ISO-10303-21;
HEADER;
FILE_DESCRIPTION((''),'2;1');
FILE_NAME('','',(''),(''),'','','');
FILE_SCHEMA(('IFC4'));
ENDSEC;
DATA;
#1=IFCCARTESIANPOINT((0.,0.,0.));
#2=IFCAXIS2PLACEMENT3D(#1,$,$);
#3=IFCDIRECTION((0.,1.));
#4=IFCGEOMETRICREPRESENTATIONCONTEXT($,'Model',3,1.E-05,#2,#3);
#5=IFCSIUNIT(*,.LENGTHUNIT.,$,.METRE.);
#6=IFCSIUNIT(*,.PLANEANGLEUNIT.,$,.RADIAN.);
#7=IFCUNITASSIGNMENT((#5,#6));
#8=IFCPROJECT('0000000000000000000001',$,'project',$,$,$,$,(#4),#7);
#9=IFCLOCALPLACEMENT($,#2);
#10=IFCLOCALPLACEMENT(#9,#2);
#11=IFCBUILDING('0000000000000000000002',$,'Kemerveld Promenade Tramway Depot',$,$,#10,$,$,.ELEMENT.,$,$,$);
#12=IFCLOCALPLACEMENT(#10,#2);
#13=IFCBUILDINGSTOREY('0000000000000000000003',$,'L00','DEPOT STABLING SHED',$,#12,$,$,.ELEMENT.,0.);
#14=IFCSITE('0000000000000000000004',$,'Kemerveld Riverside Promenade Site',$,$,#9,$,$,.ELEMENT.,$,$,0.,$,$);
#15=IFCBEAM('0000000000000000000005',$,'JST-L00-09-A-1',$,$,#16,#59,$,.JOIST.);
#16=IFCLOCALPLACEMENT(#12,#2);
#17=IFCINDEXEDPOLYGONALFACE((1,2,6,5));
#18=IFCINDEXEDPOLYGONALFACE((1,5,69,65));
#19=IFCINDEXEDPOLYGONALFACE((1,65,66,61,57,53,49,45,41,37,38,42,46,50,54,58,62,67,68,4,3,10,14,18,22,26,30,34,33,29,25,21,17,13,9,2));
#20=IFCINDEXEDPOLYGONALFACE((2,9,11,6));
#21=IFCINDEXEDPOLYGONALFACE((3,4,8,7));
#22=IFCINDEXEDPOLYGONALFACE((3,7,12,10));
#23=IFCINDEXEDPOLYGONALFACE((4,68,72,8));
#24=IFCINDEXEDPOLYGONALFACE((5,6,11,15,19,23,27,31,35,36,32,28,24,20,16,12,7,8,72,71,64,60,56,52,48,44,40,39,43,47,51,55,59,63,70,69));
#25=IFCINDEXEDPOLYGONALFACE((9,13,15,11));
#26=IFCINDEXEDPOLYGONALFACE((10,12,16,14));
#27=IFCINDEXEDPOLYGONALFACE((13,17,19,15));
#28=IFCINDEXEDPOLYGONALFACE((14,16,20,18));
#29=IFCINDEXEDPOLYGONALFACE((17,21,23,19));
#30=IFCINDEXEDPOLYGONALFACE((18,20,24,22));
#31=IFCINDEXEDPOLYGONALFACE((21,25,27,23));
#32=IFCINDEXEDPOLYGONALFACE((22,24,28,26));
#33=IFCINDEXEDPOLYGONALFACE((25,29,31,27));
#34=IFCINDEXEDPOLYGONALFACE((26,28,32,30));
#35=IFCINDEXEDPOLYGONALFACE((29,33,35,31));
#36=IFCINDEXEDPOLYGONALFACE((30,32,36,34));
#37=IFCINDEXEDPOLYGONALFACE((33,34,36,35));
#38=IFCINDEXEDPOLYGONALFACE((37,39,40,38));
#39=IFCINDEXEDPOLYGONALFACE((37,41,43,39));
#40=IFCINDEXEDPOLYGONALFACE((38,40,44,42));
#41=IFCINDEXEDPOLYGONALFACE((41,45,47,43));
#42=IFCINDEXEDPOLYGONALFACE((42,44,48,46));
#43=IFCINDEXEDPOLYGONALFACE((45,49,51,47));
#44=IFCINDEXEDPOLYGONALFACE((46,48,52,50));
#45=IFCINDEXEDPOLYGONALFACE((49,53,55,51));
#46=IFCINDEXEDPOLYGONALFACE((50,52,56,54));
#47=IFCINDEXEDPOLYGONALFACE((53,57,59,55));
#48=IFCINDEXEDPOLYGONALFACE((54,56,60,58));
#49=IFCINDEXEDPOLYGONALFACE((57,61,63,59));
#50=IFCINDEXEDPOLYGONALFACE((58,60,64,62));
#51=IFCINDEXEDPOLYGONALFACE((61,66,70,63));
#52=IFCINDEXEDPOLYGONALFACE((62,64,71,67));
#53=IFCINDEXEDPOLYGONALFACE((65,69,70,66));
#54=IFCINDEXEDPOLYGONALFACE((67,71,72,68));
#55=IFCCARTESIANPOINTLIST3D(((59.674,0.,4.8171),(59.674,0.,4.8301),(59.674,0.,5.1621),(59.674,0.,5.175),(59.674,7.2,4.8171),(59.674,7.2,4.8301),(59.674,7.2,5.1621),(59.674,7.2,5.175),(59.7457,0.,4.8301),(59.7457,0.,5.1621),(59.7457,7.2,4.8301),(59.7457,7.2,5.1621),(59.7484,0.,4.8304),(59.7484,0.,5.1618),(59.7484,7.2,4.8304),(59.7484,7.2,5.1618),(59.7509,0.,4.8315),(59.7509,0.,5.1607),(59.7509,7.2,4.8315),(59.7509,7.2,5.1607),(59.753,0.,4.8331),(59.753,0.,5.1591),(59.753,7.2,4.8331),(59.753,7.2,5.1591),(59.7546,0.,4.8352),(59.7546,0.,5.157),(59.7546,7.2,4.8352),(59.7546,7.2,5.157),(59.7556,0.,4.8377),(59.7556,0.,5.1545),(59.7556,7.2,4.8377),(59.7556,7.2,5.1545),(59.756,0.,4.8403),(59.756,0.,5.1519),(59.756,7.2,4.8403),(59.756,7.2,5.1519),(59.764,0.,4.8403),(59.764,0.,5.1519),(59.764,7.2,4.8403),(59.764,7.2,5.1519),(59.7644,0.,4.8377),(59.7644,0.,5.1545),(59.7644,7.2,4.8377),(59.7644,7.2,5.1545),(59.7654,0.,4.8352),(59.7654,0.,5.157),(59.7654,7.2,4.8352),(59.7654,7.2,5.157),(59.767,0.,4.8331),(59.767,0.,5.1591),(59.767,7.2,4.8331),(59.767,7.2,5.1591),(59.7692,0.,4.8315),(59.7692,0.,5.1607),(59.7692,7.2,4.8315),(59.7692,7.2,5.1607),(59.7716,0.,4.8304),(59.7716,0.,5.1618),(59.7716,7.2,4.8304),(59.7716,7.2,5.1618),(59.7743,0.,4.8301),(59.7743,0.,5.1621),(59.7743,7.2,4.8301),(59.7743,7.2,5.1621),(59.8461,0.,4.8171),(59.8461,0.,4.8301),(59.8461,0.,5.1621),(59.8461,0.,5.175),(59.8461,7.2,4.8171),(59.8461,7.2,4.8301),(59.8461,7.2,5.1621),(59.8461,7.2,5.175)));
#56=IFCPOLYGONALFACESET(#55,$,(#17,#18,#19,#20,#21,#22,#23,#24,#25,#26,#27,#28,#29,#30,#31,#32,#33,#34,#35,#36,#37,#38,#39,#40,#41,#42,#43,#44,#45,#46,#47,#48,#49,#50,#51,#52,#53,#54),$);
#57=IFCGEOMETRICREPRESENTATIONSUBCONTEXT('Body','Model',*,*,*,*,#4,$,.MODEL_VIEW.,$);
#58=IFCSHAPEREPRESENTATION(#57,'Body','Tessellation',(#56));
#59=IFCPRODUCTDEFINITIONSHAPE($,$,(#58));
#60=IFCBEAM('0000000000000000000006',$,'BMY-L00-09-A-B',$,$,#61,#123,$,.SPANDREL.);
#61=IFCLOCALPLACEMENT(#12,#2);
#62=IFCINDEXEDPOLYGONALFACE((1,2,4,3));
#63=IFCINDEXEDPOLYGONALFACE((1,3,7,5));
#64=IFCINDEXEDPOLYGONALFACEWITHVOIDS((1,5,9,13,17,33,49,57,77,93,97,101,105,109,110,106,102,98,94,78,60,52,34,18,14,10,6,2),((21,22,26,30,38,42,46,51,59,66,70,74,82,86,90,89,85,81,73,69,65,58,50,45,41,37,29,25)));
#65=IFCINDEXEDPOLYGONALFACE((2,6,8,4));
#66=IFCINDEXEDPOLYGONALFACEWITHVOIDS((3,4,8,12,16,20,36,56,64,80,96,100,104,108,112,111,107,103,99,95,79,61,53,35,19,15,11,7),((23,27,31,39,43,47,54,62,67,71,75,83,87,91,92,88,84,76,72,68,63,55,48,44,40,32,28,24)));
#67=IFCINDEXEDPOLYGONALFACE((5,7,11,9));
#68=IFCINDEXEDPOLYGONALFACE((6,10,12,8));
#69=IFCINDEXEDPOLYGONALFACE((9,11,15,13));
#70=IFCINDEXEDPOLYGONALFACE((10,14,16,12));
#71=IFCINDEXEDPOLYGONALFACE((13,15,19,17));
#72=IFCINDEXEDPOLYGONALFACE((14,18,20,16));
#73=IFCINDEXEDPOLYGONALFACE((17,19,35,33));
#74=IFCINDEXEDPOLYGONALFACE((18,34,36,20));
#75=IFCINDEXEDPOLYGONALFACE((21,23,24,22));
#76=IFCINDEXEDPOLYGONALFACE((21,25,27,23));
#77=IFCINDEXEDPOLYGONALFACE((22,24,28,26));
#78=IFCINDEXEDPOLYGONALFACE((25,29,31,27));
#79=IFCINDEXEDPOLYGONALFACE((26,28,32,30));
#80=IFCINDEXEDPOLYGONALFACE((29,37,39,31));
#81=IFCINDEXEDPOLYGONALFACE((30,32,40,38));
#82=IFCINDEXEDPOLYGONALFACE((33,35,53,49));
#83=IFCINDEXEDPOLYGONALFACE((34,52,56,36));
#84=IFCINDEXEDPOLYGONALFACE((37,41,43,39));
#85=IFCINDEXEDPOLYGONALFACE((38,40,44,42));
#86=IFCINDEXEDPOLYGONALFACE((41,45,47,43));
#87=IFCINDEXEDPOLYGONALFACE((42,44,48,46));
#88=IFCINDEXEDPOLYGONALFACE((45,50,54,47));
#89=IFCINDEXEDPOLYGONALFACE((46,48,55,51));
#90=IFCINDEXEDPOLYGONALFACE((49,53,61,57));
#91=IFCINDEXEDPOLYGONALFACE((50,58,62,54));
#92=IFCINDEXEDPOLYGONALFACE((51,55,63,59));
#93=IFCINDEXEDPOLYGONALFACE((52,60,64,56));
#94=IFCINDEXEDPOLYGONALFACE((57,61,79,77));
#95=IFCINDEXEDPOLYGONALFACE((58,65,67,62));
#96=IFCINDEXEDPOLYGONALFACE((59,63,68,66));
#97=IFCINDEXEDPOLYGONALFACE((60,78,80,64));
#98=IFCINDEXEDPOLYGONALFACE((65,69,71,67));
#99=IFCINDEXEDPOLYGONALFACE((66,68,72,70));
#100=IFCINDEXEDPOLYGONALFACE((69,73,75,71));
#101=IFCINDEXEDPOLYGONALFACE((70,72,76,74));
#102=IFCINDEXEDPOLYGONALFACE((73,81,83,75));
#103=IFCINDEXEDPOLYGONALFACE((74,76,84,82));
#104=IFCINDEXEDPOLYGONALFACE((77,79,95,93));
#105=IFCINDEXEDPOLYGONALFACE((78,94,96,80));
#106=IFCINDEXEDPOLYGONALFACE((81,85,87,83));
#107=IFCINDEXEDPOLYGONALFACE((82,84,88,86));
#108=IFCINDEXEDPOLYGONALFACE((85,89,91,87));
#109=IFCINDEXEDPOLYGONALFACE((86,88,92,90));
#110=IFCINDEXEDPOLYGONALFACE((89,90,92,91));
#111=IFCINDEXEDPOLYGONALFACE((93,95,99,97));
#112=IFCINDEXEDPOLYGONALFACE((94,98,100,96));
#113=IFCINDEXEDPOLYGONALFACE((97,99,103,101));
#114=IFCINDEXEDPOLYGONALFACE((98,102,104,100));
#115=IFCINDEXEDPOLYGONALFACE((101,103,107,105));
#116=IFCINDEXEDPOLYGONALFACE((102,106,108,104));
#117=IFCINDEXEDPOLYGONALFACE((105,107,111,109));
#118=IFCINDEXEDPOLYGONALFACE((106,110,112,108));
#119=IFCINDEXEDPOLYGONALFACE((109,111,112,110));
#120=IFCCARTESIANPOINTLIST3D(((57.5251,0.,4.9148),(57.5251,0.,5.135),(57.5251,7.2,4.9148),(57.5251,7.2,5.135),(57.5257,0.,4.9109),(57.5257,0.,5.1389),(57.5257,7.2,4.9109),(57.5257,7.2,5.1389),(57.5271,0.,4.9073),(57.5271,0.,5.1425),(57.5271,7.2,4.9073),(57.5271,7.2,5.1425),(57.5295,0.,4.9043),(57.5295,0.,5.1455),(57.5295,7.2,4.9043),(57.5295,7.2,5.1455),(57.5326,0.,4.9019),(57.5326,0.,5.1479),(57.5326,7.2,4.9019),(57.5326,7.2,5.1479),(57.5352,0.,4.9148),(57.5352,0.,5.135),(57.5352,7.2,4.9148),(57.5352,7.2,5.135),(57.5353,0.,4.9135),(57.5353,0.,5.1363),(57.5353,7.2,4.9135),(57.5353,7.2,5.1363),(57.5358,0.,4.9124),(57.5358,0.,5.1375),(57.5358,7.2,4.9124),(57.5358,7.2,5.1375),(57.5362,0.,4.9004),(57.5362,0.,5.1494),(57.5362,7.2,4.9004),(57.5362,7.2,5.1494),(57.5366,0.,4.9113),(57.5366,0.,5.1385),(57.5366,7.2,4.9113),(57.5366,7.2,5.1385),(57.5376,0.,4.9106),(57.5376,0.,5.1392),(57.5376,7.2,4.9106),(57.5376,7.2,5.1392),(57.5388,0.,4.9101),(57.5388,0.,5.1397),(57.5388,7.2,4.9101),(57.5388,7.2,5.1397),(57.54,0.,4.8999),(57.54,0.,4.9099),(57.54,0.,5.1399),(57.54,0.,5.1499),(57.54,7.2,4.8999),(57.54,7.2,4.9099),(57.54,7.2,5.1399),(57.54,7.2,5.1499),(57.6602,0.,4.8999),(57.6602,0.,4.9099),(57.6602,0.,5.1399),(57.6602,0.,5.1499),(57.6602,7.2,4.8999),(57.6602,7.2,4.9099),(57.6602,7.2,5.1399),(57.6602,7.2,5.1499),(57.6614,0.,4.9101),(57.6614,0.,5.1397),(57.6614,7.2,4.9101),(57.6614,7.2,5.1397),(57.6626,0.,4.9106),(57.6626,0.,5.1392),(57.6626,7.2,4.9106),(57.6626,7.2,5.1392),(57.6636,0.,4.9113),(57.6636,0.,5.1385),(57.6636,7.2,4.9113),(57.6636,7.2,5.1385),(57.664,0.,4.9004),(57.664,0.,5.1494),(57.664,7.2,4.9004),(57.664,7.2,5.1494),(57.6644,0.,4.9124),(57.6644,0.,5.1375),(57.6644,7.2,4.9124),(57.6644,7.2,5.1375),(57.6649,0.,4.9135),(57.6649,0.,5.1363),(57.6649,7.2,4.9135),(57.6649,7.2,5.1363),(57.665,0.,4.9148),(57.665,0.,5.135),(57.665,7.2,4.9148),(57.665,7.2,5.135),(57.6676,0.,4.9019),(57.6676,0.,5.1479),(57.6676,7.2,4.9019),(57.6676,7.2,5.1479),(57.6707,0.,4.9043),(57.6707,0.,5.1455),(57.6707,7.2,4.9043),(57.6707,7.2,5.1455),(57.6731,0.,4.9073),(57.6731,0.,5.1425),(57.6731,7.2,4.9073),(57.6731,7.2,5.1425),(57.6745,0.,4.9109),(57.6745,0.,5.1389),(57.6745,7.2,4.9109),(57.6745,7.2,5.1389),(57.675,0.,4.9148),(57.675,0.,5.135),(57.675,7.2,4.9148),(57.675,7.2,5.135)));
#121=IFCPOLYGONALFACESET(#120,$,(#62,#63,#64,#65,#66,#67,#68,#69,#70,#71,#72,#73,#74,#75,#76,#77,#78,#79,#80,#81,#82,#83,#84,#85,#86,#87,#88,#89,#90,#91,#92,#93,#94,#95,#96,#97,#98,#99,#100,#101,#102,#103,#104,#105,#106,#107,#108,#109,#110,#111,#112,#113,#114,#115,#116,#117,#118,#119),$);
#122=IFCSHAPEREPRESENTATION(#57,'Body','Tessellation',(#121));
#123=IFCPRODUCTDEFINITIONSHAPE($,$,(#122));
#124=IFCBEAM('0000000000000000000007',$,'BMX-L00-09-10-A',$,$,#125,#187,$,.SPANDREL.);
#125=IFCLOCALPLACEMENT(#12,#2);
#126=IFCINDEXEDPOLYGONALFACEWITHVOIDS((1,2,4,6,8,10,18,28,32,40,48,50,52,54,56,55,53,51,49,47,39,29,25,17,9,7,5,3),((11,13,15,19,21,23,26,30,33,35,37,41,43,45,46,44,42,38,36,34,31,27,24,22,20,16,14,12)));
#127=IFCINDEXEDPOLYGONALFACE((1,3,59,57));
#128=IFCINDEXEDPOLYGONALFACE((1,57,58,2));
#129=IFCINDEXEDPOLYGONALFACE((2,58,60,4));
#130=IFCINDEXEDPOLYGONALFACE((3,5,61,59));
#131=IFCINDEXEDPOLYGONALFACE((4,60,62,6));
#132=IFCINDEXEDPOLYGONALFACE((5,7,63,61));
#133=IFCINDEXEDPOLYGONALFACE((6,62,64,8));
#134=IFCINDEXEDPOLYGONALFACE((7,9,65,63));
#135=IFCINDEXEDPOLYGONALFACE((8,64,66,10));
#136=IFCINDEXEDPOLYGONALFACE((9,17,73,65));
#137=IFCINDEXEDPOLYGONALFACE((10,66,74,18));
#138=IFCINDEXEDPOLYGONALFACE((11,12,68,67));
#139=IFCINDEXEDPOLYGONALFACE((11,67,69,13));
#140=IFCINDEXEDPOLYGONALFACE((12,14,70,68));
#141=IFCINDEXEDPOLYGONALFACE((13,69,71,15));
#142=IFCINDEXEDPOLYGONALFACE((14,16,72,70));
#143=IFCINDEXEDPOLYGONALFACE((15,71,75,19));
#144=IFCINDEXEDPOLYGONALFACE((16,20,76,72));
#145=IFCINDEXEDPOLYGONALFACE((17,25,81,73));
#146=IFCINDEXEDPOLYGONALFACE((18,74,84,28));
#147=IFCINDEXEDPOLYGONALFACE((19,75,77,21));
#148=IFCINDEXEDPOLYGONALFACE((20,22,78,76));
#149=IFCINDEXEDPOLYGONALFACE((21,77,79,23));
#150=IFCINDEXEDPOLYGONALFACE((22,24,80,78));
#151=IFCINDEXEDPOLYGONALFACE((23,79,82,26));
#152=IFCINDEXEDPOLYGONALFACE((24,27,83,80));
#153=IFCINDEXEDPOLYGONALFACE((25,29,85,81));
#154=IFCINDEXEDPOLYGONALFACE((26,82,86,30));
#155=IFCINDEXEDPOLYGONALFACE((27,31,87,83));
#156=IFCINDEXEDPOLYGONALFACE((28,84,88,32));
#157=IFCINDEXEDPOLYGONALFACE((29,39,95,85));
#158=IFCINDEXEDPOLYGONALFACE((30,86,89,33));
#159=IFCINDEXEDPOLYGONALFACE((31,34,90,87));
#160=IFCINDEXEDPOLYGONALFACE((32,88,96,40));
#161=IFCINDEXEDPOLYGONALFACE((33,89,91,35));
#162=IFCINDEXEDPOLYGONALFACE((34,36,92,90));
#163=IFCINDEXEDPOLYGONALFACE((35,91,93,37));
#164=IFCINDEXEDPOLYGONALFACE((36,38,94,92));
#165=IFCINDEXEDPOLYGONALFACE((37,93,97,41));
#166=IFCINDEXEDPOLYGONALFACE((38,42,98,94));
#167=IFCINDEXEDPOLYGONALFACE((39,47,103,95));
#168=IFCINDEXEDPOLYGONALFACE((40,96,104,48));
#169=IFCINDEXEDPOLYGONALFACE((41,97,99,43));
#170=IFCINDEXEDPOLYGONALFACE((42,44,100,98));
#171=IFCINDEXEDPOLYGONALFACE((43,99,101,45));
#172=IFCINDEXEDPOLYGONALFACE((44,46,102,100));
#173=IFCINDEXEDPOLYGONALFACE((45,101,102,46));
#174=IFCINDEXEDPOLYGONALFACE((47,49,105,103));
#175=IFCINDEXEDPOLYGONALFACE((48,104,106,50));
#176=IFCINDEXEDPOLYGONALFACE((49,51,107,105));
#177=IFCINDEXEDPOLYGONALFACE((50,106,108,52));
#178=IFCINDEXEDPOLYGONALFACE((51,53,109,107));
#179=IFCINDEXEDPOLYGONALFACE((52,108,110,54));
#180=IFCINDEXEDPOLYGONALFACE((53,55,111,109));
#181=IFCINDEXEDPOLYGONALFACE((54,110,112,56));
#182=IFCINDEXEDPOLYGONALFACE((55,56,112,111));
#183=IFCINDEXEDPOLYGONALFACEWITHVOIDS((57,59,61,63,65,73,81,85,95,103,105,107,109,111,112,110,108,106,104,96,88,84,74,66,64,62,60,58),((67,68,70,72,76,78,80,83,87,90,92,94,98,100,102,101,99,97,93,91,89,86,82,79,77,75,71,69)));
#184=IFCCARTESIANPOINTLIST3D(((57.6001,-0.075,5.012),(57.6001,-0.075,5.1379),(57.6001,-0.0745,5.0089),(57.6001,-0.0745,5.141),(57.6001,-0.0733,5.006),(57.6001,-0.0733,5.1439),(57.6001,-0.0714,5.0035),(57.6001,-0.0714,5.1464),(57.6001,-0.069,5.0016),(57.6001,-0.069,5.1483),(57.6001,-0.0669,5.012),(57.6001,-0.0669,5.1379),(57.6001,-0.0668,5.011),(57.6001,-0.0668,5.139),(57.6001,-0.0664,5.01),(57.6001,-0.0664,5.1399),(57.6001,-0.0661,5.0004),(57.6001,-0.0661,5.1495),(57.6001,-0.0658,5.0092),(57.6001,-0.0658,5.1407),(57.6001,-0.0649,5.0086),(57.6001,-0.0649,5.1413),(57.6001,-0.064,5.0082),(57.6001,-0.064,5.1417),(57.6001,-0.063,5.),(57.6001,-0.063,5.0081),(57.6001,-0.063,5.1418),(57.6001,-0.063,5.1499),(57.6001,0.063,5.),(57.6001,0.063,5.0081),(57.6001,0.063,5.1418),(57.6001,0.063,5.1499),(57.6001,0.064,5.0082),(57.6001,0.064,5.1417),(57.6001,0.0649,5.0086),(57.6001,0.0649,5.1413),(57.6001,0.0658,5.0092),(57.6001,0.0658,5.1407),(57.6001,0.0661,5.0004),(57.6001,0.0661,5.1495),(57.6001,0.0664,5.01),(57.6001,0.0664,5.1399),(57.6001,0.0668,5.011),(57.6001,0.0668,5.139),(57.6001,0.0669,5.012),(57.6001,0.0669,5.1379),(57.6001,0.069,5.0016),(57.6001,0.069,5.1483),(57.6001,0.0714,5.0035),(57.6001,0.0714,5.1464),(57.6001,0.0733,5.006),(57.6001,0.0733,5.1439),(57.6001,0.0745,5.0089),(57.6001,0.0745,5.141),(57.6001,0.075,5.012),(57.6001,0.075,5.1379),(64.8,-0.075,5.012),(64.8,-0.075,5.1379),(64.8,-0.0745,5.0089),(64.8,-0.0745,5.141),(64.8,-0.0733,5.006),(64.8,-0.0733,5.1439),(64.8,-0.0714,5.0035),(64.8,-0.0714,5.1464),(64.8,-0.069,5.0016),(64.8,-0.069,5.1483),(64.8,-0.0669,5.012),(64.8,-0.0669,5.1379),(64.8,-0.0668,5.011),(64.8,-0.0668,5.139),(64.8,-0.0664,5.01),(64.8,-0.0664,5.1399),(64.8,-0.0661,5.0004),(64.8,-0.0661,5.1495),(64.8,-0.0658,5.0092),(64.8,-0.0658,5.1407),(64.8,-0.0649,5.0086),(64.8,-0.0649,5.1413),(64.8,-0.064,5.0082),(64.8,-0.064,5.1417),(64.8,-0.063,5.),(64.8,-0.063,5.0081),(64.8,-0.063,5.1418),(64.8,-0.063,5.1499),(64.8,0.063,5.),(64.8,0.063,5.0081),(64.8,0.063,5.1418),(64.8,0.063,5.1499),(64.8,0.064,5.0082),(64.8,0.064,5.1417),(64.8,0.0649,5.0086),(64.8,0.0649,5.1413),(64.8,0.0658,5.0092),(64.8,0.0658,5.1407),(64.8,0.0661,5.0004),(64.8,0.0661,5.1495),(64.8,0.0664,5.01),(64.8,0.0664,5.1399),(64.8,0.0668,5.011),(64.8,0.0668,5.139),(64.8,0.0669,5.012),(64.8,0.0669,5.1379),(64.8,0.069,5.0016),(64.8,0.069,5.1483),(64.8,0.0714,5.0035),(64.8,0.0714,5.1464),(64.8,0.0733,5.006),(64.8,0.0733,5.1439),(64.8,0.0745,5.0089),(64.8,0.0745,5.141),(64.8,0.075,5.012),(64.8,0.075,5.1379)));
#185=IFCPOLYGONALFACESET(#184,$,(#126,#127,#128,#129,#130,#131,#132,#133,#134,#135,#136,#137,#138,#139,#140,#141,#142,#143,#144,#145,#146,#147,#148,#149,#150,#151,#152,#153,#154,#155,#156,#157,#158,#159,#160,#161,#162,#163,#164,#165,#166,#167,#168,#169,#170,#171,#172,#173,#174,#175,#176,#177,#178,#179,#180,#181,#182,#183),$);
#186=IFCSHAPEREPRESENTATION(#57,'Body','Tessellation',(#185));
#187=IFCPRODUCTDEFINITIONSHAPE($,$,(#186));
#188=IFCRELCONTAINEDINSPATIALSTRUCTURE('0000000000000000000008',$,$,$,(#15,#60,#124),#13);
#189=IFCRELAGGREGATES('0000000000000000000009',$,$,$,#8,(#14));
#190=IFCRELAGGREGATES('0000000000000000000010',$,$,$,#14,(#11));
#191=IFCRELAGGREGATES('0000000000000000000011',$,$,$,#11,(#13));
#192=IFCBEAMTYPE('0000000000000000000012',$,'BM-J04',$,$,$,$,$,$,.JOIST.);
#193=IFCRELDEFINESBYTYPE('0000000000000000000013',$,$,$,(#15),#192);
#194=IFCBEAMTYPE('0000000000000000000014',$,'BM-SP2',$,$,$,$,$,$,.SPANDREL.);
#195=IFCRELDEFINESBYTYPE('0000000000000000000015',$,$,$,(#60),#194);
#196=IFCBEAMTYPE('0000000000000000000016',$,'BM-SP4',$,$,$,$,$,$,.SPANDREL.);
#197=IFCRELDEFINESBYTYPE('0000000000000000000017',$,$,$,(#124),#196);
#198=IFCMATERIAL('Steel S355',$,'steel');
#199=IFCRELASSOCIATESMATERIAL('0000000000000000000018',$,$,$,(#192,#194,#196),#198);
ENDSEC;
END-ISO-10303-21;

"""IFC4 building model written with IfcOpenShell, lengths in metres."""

from ifc_helpers import new_model, si_unit, direction, frame, origin, origin_2d, place, context, subcontext, project, spatial, hollow_rectangle, i_section, extrude, material, material_profile, profile_set, type_object, element, save


model = new_model("IFC4")

# Units and contexts
model_context = context("Model", 3, precision=1e-05, world=origin(), true_north=direction((0.0, 1.0)))
body_context = subcontext(model_context, "Body", "Model", "MODEL_VIEW")
ifc_project = project(units=[si_unit("LENGTHUNIT", "METRE"), si_unit("PLANEANGLEUNIT", "RADIAN")], contexts=[model_context])

# Site, building, storey
site_placement = place(None, origin())
site = spatial("IfcSite", under=ifc_project, at=site_placement, Name="Kemerveld Riverside Promenade Site", CompositionType="ELEMENT", RefElevation=0.0)
building_placement = place(site_placement, origin())
building = spatial("IfcBuilding", under=site, at=building_placement, Name="Kemerveld Promenade Tramway Depot", CompositionType="ELEMENT")
storey_placement = place(building_placement, origin())
storey = spatial("IfcBuildingStorey", under=building, at=storey_placement, Name="L00", Description="DEPOT STABLING SHED", CompositionType="ELEMENT", Elevation=0.0)

# Shared definitions
ifc_material_1 = material(Name="Steel S355", Category="steel")

# Beams
ifc_material_profile_1 = material_profile(ifc_material_1, i_section(OverallWidth=0.1721, OverallDepth=0.3579, WebThickness=0.0081, FlangeThickness=0.0129, FilletRadius=0.0103, at=origin_2d()), Name="356x171x57 UB")
ifc_profile_set_1 = profile_set([ifc_material_profile_1], Name="Steel S355")
beam_type_1 = type_object("IfcBeamType", Name="BM-J04", PredefinedType="JOIST", material=ifc_profile_set_1)
for number, where, z_axis, x_axis, name in (
    (1, (59.76, 0.0, 4.9961), (0.0, 1.0, 0.0), (-1.0, 0.0, 0.0), "JST-L00-09-A-1"),
):
    element("IfcBeam", number, at=place(storey_placement, frame(where, z_axis=z_axis, x_axis=x_axis)), inside=storey, type_object=beam_type_1, Name=name, PredefinedType="JOIST", context=body_context, shape_type="SweptSolid", body=[
        extrude(i_section(OverallWidth=0.1721, OverallDepth=0.3579, WebThickness=0.0081, FlangeThickness=0.0129, FilletRadius=0.0103, at=origin_2d()), origin(), (0.0, 0.0, 1.0), 7.2),
    ])
ifc_material_profile_2 = material_profile(ifc_material_1, hollow_rectangle(XDim=0.1499, YDim=0.25, WallThickness=0.01, InnerFilletRadius=0.0049, OuterFilletRadius=0.0149, at=origin_2d()), Name="250x150x10.0 RHS")
ifc_profile_set_2 = profile_set([ifc_material_profile_2], Name="Steel S355")
beam_type_2 = type_object("IfcBeamType", Name="BM-SP2", PredefinedType="SPANDREL", material=ifc_profile_set_2)
beam_1_placement = place(storey_placement, frame((57.6001, 0.0, 5.0249), z_axis=(0.0, 1.0, 0.0), x_axis=(-1.0, 0.0, 0.0)))
element("IfcBeam", 2, at=beam_1_placement, inside=storey, type_object=beam_type_2, Name="BMY-L00-09-A-B", PredefinedType="SPANDREL", context=body_context, shape_type="SweptSolid", body=[
    extrude(hollow_rectangle(XDim=0.1499, YDim=0.25, WallThickness=0.01, InnerFilletRadius=0.0049, OuterFilletRadius=0.0149, at=origin_2d()), origin(), (0.0, 0.0, 1.0), 7.2),
])
ifc_material_profile_3 = material_profile(ifc_material_1, hollow_rectangle(XDim=0.1499, YDim=0.1499, WallThickness=0.0081, InnerFilletRadius=0.0039, OuterFilletRadius=0.012, at=origin_2d()), Name="150x150x8.0 SHS")
ifc_profile_set_3 = profile_set([ifc_material_profile_3], Name="Steel S355")
beam_type_3 = type_object("IfcBeamType", Name="BM-SP4", PredefinedType="SPANDREL", material=ifc_profile_set_3)
beam_2_placement = place(storey_placement, frame((57.6001, 0.0, 5.075), z_axis=(1.0, 0.0, 0.0), x_axis=(0.0, 1.0, 0.0)))
element("IfcBeam", 3, at=beam_2_placement, inside=storey, type_object=beam_type_3, Name="BMX-L00-09-10-A", PredefinedType="SPANDREL", context=body_context, shape_type="SweptSolid", body=[
    extrude(hollow_rectangle(XDim=0.1499, YDim=0.1499, WallThickness=0.0081, InnerFilletRadius=0.0039, OuterFilletRadius=0.012, at=origin_2d()), origin(), (0.0, 0.0, 1.0), 7.2),
])

save(model, "model.ifc")
